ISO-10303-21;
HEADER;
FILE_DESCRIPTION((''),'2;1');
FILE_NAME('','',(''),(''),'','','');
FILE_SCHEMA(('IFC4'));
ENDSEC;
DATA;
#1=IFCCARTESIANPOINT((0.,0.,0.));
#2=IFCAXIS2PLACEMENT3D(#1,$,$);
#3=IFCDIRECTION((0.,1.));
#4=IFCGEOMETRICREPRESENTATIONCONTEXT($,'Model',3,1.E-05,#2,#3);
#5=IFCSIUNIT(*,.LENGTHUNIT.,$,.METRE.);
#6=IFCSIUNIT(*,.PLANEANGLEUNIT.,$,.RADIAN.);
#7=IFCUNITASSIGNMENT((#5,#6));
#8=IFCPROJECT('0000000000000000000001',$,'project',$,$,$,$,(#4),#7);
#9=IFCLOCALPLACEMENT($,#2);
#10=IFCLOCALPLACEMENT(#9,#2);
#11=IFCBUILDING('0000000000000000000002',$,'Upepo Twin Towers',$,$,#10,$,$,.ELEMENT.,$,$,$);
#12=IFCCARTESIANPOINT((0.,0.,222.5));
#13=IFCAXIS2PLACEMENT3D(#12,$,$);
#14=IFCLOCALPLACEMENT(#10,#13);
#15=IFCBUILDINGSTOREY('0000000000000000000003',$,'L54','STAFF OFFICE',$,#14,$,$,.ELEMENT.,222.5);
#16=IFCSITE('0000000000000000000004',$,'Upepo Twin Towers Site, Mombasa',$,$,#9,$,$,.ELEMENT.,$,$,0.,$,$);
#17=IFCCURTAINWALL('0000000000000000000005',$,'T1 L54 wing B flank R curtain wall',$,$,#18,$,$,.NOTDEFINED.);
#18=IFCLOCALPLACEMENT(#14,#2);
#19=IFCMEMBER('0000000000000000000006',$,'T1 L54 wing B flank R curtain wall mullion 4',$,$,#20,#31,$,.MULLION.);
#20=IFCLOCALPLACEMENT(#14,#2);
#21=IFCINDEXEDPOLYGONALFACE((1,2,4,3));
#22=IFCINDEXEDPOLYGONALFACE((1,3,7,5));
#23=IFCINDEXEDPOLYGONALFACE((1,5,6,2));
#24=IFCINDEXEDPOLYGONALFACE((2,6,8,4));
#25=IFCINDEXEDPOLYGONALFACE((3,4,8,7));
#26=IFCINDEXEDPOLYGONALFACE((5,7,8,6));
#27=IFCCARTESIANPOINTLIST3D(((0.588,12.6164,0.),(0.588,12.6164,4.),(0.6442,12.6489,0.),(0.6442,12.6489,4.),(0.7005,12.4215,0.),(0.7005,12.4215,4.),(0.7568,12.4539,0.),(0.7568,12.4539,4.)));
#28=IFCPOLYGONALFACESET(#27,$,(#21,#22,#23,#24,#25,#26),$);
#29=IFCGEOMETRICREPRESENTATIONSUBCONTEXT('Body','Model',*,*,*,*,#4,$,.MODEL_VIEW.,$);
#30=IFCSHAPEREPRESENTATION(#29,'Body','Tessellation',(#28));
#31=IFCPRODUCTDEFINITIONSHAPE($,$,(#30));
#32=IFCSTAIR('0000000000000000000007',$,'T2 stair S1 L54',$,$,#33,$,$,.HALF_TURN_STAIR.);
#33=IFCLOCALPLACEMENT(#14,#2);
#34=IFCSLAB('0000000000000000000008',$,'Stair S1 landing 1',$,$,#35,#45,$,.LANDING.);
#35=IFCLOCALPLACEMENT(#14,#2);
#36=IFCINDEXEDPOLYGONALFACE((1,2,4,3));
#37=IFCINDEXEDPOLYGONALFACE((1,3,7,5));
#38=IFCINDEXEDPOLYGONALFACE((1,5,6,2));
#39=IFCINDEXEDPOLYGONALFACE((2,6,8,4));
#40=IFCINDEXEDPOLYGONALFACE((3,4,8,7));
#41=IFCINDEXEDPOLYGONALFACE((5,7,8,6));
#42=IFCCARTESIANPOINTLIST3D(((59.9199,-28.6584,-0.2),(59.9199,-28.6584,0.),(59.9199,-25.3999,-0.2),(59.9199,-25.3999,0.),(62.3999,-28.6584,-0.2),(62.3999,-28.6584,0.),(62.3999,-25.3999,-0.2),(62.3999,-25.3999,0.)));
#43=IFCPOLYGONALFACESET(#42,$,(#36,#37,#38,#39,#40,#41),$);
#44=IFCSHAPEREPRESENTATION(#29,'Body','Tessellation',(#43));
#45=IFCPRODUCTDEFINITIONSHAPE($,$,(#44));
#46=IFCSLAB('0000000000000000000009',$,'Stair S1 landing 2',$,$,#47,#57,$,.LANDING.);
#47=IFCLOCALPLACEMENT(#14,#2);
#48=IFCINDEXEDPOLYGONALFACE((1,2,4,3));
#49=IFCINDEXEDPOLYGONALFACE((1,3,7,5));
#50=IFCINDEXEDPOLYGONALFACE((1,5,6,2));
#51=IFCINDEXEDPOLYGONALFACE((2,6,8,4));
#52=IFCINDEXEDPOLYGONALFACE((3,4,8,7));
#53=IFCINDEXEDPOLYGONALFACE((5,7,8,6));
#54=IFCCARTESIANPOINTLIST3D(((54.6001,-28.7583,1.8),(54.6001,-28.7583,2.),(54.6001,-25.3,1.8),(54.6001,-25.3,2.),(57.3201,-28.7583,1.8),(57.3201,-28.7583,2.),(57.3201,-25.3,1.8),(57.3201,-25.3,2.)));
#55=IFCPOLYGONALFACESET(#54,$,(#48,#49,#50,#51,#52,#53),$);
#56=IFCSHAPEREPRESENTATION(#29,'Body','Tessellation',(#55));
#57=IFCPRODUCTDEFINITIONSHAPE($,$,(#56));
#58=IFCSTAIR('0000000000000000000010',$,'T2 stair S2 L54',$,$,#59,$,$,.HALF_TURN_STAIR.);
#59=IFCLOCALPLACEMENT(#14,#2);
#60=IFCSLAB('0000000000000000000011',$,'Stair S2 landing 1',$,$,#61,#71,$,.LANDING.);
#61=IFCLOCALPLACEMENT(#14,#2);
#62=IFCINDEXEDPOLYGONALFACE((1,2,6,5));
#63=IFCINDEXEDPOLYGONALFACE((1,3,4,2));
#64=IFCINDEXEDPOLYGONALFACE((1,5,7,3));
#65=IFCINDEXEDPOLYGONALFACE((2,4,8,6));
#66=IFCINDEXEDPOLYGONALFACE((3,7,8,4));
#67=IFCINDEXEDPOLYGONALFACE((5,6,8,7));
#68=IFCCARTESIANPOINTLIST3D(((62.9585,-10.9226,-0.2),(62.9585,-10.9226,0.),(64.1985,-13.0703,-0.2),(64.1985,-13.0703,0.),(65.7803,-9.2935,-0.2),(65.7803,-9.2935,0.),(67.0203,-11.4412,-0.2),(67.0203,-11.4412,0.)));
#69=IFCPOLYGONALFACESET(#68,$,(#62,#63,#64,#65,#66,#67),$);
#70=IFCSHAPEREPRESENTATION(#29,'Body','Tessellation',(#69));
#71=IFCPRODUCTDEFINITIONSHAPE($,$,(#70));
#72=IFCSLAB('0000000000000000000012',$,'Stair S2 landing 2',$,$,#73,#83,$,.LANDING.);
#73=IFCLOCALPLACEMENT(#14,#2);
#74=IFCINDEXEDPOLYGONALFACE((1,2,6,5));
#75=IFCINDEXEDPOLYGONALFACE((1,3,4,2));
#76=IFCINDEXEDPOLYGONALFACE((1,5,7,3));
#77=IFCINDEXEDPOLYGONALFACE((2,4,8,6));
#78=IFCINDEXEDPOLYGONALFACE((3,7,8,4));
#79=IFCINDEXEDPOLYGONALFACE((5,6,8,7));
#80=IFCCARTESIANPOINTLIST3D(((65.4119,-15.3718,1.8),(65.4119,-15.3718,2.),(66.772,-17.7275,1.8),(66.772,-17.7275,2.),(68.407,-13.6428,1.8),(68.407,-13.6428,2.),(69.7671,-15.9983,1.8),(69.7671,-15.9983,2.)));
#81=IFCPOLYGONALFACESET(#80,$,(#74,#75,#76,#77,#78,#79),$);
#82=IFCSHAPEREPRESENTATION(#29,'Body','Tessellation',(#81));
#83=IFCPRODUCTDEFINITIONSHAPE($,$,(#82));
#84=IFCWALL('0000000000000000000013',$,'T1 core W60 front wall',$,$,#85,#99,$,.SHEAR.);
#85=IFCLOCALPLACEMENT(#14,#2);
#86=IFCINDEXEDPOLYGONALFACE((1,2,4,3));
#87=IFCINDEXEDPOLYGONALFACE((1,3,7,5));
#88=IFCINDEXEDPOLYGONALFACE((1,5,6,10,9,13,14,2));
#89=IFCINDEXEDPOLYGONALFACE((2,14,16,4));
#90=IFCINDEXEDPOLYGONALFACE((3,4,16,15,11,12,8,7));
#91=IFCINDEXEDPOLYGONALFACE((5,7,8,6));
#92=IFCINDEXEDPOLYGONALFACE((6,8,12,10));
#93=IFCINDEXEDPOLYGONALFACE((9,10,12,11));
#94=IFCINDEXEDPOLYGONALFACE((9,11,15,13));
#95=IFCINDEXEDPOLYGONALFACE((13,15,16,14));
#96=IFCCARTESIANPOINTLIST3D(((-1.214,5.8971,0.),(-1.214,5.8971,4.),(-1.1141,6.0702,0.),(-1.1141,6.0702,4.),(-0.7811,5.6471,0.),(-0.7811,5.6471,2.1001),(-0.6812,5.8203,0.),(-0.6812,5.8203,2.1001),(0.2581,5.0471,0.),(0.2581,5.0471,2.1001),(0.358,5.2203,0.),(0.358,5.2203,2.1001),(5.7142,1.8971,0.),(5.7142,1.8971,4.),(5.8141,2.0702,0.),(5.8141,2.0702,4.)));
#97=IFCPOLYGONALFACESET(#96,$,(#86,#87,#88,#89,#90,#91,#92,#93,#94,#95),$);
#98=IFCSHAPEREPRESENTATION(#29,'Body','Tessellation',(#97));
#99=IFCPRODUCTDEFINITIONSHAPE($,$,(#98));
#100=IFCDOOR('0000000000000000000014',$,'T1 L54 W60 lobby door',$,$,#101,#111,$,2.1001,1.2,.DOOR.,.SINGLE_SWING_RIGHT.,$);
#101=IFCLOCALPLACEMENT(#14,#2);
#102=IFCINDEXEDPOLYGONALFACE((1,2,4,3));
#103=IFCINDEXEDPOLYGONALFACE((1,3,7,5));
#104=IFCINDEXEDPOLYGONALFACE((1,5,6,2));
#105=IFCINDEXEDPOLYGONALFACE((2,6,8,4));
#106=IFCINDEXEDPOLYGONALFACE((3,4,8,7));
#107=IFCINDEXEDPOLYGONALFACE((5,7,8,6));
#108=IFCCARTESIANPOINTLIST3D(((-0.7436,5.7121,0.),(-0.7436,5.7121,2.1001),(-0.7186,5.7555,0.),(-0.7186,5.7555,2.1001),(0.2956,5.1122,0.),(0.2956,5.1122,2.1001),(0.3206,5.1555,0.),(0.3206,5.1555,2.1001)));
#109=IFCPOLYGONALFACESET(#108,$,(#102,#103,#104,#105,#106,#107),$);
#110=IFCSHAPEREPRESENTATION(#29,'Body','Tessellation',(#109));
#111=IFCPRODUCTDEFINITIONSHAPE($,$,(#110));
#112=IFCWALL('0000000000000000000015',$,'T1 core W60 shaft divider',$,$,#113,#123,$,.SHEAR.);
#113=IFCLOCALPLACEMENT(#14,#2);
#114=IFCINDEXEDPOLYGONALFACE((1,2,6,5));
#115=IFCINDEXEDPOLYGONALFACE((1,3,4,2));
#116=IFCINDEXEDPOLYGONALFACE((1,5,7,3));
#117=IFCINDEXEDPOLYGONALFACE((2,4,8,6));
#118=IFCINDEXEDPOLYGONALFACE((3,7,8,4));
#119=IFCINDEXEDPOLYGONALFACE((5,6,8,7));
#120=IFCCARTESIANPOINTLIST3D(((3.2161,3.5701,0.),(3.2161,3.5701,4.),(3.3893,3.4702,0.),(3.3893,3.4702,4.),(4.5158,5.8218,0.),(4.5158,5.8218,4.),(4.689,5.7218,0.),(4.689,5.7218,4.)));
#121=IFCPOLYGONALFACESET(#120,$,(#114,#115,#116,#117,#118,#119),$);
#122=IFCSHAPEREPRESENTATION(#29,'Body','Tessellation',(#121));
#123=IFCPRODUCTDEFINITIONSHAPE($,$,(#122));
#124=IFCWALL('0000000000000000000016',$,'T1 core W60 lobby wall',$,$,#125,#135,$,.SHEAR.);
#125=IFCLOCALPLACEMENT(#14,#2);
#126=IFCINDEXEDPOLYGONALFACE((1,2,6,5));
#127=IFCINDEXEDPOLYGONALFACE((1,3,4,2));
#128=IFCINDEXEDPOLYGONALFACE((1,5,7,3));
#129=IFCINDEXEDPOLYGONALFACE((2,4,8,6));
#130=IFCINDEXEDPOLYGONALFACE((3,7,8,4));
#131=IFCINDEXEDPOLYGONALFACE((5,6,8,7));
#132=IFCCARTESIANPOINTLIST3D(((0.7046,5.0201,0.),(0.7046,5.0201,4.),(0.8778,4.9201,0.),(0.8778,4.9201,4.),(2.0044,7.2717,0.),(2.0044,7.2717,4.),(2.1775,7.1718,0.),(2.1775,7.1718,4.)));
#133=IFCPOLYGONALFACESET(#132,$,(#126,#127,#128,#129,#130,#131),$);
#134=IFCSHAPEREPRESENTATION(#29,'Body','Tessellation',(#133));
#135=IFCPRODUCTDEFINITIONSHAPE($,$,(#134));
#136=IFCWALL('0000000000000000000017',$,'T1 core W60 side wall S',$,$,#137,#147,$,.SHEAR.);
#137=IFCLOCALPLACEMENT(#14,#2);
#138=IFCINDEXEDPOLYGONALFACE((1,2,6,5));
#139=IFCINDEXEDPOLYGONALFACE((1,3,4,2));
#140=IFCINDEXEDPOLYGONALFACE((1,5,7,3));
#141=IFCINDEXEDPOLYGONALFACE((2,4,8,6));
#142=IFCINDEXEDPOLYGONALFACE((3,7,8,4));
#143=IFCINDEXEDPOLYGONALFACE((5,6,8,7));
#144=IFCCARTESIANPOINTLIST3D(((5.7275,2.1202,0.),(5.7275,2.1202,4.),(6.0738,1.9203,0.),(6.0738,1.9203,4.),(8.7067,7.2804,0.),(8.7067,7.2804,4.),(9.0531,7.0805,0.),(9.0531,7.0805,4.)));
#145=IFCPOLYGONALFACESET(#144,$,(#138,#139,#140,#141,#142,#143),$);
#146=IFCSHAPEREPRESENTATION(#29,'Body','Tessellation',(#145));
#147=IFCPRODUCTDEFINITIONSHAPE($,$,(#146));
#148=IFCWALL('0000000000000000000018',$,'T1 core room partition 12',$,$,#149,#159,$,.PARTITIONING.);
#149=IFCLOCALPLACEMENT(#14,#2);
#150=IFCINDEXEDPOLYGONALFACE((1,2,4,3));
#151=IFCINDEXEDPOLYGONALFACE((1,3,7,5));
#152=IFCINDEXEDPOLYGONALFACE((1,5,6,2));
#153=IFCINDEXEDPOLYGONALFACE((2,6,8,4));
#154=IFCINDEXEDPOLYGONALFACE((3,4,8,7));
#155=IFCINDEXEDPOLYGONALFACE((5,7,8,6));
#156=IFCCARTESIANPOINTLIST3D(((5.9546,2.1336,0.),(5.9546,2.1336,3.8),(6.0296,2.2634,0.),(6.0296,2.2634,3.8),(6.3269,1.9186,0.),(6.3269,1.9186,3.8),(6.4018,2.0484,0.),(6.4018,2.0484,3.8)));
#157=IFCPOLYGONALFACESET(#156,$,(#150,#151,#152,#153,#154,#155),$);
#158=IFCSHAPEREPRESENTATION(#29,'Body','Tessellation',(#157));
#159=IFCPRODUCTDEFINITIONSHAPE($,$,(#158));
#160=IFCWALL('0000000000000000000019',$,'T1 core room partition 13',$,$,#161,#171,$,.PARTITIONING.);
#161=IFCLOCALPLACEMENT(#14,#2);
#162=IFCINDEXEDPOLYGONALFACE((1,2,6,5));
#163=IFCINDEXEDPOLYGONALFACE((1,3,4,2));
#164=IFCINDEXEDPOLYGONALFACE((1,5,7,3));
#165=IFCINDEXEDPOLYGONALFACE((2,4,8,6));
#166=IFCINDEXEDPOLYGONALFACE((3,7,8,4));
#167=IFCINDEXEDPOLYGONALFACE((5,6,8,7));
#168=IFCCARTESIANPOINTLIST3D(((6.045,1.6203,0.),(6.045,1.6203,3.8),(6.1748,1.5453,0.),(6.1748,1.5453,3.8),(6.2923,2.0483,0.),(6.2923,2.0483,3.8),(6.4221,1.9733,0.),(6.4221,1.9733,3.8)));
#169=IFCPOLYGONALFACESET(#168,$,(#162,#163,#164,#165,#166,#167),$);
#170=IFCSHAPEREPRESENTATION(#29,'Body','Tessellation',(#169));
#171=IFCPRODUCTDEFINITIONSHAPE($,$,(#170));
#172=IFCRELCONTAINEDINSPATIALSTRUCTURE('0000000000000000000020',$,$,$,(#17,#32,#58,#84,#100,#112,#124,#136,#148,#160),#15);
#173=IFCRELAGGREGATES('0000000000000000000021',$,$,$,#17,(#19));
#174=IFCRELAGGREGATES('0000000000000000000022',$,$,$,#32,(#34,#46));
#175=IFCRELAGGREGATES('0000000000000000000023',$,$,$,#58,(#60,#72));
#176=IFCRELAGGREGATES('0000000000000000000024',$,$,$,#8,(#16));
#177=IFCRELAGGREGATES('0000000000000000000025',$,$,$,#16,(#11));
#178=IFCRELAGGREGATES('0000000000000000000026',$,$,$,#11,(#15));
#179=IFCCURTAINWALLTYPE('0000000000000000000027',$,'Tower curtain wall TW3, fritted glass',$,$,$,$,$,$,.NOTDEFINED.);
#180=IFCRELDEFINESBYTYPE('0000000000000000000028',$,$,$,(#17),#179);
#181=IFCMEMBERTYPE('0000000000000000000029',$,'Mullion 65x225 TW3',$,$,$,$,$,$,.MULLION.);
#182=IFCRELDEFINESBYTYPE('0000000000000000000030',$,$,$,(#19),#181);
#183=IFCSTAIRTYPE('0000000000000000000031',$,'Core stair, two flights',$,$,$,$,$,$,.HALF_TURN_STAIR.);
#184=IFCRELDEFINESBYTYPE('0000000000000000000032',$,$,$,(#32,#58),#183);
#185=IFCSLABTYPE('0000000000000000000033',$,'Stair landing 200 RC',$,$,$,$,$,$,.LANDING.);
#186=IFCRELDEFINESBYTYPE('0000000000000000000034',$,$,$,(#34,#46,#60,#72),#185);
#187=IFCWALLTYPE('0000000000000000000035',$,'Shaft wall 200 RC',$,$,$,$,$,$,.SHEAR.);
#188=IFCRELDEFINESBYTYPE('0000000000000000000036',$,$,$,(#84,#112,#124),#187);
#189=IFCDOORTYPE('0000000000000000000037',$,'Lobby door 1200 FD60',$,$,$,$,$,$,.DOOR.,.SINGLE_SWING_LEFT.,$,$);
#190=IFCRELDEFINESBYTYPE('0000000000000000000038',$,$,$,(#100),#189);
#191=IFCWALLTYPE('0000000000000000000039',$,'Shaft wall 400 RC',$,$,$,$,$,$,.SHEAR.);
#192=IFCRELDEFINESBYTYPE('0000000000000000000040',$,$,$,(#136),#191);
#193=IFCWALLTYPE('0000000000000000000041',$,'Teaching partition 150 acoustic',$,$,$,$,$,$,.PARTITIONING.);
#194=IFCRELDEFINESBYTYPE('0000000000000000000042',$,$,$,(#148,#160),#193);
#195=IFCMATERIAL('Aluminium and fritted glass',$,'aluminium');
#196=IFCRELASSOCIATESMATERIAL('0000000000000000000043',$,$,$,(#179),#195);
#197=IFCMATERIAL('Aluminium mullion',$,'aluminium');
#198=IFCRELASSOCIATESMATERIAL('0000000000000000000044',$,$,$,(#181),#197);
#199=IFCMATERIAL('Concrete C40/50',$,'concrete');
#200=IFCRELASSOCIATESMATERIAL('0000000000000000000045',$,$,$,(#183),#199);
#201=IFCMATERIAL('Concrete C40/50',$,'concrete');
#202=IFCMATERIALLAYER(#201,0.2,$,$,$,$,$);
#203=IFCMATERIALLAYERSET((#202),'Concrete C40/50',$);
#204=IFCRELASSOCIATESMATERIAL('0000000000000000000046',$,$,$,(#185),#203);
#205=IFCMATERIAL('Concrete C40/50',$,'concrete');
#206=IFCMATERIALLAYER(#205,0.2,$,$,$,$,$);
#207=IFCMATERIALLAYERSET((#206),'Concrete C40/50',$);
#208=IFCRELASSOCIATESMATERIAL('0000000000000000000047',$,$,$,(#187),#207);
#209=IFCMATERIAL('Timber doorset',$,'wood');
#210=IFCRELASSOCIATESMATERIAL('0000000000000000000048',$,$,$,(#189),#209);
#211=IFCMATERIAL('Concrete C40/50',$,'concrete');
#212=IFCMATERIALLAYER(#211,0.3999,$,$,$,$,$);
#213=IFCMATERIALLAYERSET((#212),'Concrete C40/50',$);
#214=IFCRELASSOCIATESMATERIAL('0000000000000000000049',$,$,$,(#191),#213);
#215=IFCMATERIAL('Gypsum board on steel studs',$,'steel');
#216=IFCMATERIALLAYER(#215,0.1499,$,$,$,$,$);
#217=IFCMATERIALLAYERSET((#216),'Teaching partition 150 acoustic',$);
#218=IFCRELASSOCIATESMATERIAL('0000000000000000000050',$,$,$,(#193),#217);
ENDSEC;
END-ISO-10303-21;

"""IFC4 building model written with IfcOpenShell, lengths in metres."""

from ifc_helpers import new_model, si_unit, direction, frame, frame_2d, origin, origin_2d, place, context, subcontext, project, spatial, polyline, rectangle, outline, extrude, material, layer, layer_set, material_profile, profile_set, type_object, element, fill, aggregate, save


model = new_model("IFC4")

# Units and contexts
model_context = context("Model", 3, precision=1e-05, world=origin(), true_north=direction((0.0, 1.0)))
body_context = subcontext(model_context, "Body", "Model", "MODEL_VIEW")
ifc_project = project(units=[si_unit("LENGTHUNIT", "METRE"), si_unit("PLANEANGLEUNIT", "RADIAN")], contexts=[model_context])

# Site, building, storey
site_placement = place(None, origin())
site = spatial("IfcSite", under=ifc_project, at=site_placement, Name="Upepo Twin Towers Site, Mombasa", CompositionType="ELEMENT", RefElevation=0.0)
building_placement = place(site_placement, origin())
building = spatial("IfcBuilding", under=site, at=building_placement, Name="Upepo Twin Towers", CompositionType="ELEMENT")
storey_placement = place(building_placement, frame((0.0, 0.0, 222.5)))
storey = spatial("IfcBuildingStorey", under=building, at=storey_placement, Name="L54", Description="STAFF OFFICE", CompositionType="ELEMENT", Elevation=222.5)

# Curtain wall, member
ifc_material_1 = material(Name="Aluminium and fritted glass", Category="aluminium")
curtain_wall_type = type_object("IfcCurtainWallType", Name="Tower curtain wall TW3, fritted glass", PredefinedType="NOTDEFINED", material=ifc_material_1)
curtain_wall_placement = place(storey_placement, origin())
curtain_wall = element("IfcCurtainWall", 1, at=curtain_wall_placement, inside=storey, type_object=curtain_wall_type, Name="T1 L54 wing B flank R curtain wall", PredefinedType="NOTDEFINED")
ifc_material_2 = material(Name="Aluminium mullion", Category="aluminium")
ifc_material_profile = material_profile(ifc_material_2, rectangle(XDim=0.0649, YDim=0.2251, at=origin_2d()), Name="MULLION 65x225")
ifc_profile_set = profile_set([ifc_material_profile], Name="Aluminium mullion")
member_type = type_object("IfcMemberType", Name="Mullion 65x225 TW3", PredefinedType="MULLION", material=ifc_profile_set)
member_placement = place(storey_placement, frame((0.6724, 12.5352, 0.0), z_axis=(0.0, 0.0, 1.0), x_axis=(0.866025, 0.5, 0.0)))
member = element("IfcMember", 2, at=member_placement, type_object=member_type, Name="T1 L54 wing B flank R curtain wall mullion 4", PredefinedType="MULLION", context=body_context, shape_type="SweptSolid", body=[
    extrude(rectangle(XDim=0.0649, YDim=0.2251, at=origin_2d()), origin(), (0.0, 0.0, 1.0), 4.0),
])
aggregate(curtain_wall, [member])

# Stairs, slabs
ifc_material_3 = material(Name="Concrete C40/50", Category="concrete")
stair_type = type_object("IfcStairType", Name="Core stair, two flights", PredefinedType="HALF_TURN_STAIR", material=ifc_material_3)
stair_1_placement = place(storey_placement, origin())
stair_1 = element("IfcStair", 3, at=stair_1_placement, inside=storey, type_object=stair_type, Name="T2 stair S1 L54", PredefinedType="HALF_TURN_STAIR")
ifc_material_4 = material(Name="Concrete C40/50", Category="concrete")
ifc_layer_1 = layer(ifc_material_4, 0.2)
ifc_layer_set_1 = layer_set([ifc_layer_1], Name="Concrete C40/50")
slab_type = type_object("IfcSlabType", Name="Stair landing 200 RC", PredefinedType="LANDING", material=ifc_layer_set_1)
slab_1_placement = place(storey_placement, frame((0.0, 0.0, -0.2)))
slab_1 = element("IfcSlab", 4, at=slab_1_placement, type_object=slab_type, Name="Stair S1 landing 1", PredefinedType="LANDING", context=body_context, shape_type="SweptSolid", body=[
    extrude(outline(polyline([(59.9199, -25.3999), (59.9199, -28.6584), (62.3999, -28.6584), (62.3999, -25.3999), (59.9199, -25.3999)])), origin(), (0.0, 0.0, 1.0), 0.2),
])
slab_2_placement = place(storey_placement, frame((0.0, 0.0, 1.8)))
slab_2 = element("IfcSlab", 5, at=slab_2_placement, type_object=slab_type, Name="Stair S1 landing 2", PredefinedType="LANDING", context=body_context, shape_type="SweptSolid", body=[
    extrude(outline(polyline([(54.6001, -25.3), (54.6001, -28.7583), (57.3201, -28.7583), (57.3201, -25.3), (54.6001, -25.3)])), origin(), (0.0, 0.0, 1.0), 0.2),
])
aggregate(stair_1, [slab_1, slab_2])
stair_2_placement = place(storey_placement, origin())
stair_2 = element("IfcStair", 6, at=stair_2_placement, inside=storey, type_object=stair_type, Name="T2 stair S2 L54", PredefinedType="HALF_TURN_STAIR")
slab_3_placement = place(storey_placement, frame((0.0, 0.0, -0.2)))
slab_3 = element("IfcSlab", 7, at=slab_3_placement, type_object=slab_type, Name="Stair S2 landing 1", PredefinedType="LANDING", context=body_context, shape_type="SweptSolid", body=[
    extrude(outline(polyline([(64.1985, -13.0703), (67.0203, -11.4412), (65.7803, -9.2935), (62.9585, -10.9226), (64.1985, -13.0703)])), origin(), (0.0, 0.0, 1.0), 0.2),
])
slab_4_placement = place(storey_placement, frame((0.0, 0.0, 1.8)))
slab_4 = element("IfcSlab", 8, at=slab_4_placement, type_object=slab_type, Name="Stair S2 landing 2", PredefinedType="LANDING", context=body_context, shape_type="SweptSolid", body=[
    extrude(outline(polyline([(66.772, -17.7275), (69.7671, -15.9983), (68.407, -13.6428), (65.4119, -15.3718), (66.772, -17.7275)])), origin(), (0.0, 0.0, 1.0), 0.2),
])
aggregate(stair_2, [slab_3, slab_4])

# Wall, opening, door
ifc_material_5 = material(Name="Concrete C40/50", Category="concrete")
ifc_layer_2 = layer(ifc_material_5, 0.2)
ifc_layer_set_2 = layer_set([ifc_layer_2], Name="Concrete C40/50")
wall_type_1 = type_object("IfcWallType", Name="Shaft wall 200 RC", PredefinedType="SHEAR", material=ifc_layer_set_2)
wall_1_placement = place(storey_placement, frame((5.7642, 1.9836, 0.0), z_axis=(0.0, 0.0, 1.0), x_axis=(-0.866026, 0.499999, 0.0)))
wall_1 = element("IfcWall", 9, at=wall_1_placement, inside=storey, type_object=wall_type_1, Name="T1 core W60 front wall", PredefinedType="SHEAR", context=body_context, shape_type="SweptSolid", body=[
    extrude(rectangle(XDim=8.0, YDim=0.2, at=frame_2d((4.0, 0.0))), origin(), (0.0, 0.0, 1.0), 4.0),
])
opening_1_placement = place(wall_1_placement, frame((6.3, 0.0, 0.0)))
opening_1 = element("IfcOpeningElement", 10, at=opening_1_placement, cuts=wall_1, PredefinedType="OPENING", context=body_context, shape_type="SweptSolid", body=[
    extrude(rectangle(XDim=1.2, YDim=2.1001, at=frame_2d((0.6001, 1.05))), frame((0.0, 0.1099, 0.0), z_axis=(0.0, -1.0, 0.0), x_axis=(1.0, 0.0, 0.0)), (0.0, 0.0, 1.0), 0.22),
])
ifc_material_6 = material(Name="Timber doorset", Category="wood")
door_type_1 = type_object("IfcDoorType", Name="Lobby door 1200 FD60", OperationType="SINGLE_SWING_LEFT", PredefinedType="DOOR", material=ifc_material_6)
door_1_placement = place(opening_1_placement, origin())
door_1 = element("IfcDoor", 11, at=door_1_placement, inside=storey, type_object=door_type_1, Name="T1 L54 W60 lobby door", OperationType="SINGLE_SWING_RIGHT", OverallHeight=2.1001, OverallWidth=1.2, PredefinedType="DOOR", context=body_context, shape_type="SweptSolid", body=[
    extrude(rectangle(XDim=1.2, YDim=2.1001, at=frame_2d((0.6001, 1.05))), frame((0.0, 0.0249, 0.0), z_axis=(0.0, -1.0, 0.0), x_axis=(1.0, 0.0, 0.0)), (0.0, 0.0, 1.0), 0.05),
])
fill(opening_1, door_1)

# Walls
for number, where, z_axis, x_axis, name in (
    (12, (3.3027, 3.5203, 0.0), (0.0, 0.0, 1.0), (0.499937, 0.866062, 0.0), "T1 core W60 shaft divider"),
    (13, (0.7913, 4.9702, 0.0), (0.0, 0.0, 1.0), (0.499937, 0.866062, 0.0), "T1 core W60 lobby wall"),
):
    element("IfcWall", number, at=place(storey_placement, frame(where, z_axis=z_axis, x_axis=x_axis)), inside=storey, type_object=wall_type_1, Name=name, PredefinedType="SHEAR", context=body_context, shape_type="SweptSolid", body=[
        extrude(rectangle(XDim=2.5999, YDim=0.2, at=frame_2d((1.2998, 0.0))), origin(), (0.0, 0.0, 1.0), 4.0),
    ])
ifc_material_7 = material(Name="Concrete C40/50", Category="concrete")
ifc_layer_3 = layer(ifc_material_7, 0.3999)
ifc_layer_set_3 = layer_set([ifc_layer_3], Name="Concrete C40/50")
wall_type_2 = type_object("IfcWallType", Name="Shaft wall 400 RC", PredefinedType="SHEAR", material=ifc_layer_set_3)
wall_2_placement = place(storey_placement, frame((5.9006, 2.0203, 0.0), z_axis=(0.0, 0.0, 1.0), x_axis=(0.500004, 0.866023, 0.0)))
element("IfcWall", 14, at=wall_2_placement, inside=storey, type_object=wall_type_2, Name="T1 core W60 side wall S", PredefinedType="SHEAR", context=body_context, shape_type="SweptSolid", body=[
    extrude(rectangle(XDim=5.9585, YDim=0.3999, at=frame_2d((2.9792, 0.0))), origin(), (0.0, 0.0, 1.0), 4.0),
])
ifc_material_8 = material(Name="Gypsum board on steel studs", Category="steel")
ifc_layer_4 = layer(ifc_material_8, 0.1499)
ifc_layer_set_4 = layer_set([ifc_layer_4], Name="Teaching partition 150 acoustic")
wall_type_3 = type_object("IfcWallType", Name="Teaching partition 150 acoustic", PredefinedType="PARTITIONING", material=ifc_layer_set_4)
wall_3_placement = place(storey_placement, frame((5.9922, 2.1985, 0.0), z_axis=(0.0, 0.0, 1.0), x_axis=(0.865892, -0.50023, 0.0)))
element("IfcWall", 15, at=wall_3_placement, inside=storey, type_object=wall_type_3, Name="T1 core room partition 12", PredefinedType="PARTITIONING", context=body_context, shape_type="SweptSolid", body=[
    extrude(rectangle(XDim=0.4299, YDim=0.1499, at=frame_2d((0.2148, 0.0))), origin(), (0.0, 0.0, 1.0), 3.8),
])
wall_4_placement = place(storey_placement, frame((6.3572, 2.0107, 0.0), z_axis=(0.0, 0.0, 1.0), x_axis=(-0.500335, -0.865832, 0.0)))
element("IfcWall", 16, at=wall_4_placement, inside=storey, type_object=wall_type_3, Name="T1 core room partition 13", PredefinedType="PARTITIONING", context=body_context, shape_type="SweptSolid", body=[
    extrude(rectangle(XDim=0.4944, YDim=0.1499, at=frame_2d((0.2471, 0.0))), origin(), (0.0, 0.0, 1.0), 3.8),
])

save(model, "model.ifc")
